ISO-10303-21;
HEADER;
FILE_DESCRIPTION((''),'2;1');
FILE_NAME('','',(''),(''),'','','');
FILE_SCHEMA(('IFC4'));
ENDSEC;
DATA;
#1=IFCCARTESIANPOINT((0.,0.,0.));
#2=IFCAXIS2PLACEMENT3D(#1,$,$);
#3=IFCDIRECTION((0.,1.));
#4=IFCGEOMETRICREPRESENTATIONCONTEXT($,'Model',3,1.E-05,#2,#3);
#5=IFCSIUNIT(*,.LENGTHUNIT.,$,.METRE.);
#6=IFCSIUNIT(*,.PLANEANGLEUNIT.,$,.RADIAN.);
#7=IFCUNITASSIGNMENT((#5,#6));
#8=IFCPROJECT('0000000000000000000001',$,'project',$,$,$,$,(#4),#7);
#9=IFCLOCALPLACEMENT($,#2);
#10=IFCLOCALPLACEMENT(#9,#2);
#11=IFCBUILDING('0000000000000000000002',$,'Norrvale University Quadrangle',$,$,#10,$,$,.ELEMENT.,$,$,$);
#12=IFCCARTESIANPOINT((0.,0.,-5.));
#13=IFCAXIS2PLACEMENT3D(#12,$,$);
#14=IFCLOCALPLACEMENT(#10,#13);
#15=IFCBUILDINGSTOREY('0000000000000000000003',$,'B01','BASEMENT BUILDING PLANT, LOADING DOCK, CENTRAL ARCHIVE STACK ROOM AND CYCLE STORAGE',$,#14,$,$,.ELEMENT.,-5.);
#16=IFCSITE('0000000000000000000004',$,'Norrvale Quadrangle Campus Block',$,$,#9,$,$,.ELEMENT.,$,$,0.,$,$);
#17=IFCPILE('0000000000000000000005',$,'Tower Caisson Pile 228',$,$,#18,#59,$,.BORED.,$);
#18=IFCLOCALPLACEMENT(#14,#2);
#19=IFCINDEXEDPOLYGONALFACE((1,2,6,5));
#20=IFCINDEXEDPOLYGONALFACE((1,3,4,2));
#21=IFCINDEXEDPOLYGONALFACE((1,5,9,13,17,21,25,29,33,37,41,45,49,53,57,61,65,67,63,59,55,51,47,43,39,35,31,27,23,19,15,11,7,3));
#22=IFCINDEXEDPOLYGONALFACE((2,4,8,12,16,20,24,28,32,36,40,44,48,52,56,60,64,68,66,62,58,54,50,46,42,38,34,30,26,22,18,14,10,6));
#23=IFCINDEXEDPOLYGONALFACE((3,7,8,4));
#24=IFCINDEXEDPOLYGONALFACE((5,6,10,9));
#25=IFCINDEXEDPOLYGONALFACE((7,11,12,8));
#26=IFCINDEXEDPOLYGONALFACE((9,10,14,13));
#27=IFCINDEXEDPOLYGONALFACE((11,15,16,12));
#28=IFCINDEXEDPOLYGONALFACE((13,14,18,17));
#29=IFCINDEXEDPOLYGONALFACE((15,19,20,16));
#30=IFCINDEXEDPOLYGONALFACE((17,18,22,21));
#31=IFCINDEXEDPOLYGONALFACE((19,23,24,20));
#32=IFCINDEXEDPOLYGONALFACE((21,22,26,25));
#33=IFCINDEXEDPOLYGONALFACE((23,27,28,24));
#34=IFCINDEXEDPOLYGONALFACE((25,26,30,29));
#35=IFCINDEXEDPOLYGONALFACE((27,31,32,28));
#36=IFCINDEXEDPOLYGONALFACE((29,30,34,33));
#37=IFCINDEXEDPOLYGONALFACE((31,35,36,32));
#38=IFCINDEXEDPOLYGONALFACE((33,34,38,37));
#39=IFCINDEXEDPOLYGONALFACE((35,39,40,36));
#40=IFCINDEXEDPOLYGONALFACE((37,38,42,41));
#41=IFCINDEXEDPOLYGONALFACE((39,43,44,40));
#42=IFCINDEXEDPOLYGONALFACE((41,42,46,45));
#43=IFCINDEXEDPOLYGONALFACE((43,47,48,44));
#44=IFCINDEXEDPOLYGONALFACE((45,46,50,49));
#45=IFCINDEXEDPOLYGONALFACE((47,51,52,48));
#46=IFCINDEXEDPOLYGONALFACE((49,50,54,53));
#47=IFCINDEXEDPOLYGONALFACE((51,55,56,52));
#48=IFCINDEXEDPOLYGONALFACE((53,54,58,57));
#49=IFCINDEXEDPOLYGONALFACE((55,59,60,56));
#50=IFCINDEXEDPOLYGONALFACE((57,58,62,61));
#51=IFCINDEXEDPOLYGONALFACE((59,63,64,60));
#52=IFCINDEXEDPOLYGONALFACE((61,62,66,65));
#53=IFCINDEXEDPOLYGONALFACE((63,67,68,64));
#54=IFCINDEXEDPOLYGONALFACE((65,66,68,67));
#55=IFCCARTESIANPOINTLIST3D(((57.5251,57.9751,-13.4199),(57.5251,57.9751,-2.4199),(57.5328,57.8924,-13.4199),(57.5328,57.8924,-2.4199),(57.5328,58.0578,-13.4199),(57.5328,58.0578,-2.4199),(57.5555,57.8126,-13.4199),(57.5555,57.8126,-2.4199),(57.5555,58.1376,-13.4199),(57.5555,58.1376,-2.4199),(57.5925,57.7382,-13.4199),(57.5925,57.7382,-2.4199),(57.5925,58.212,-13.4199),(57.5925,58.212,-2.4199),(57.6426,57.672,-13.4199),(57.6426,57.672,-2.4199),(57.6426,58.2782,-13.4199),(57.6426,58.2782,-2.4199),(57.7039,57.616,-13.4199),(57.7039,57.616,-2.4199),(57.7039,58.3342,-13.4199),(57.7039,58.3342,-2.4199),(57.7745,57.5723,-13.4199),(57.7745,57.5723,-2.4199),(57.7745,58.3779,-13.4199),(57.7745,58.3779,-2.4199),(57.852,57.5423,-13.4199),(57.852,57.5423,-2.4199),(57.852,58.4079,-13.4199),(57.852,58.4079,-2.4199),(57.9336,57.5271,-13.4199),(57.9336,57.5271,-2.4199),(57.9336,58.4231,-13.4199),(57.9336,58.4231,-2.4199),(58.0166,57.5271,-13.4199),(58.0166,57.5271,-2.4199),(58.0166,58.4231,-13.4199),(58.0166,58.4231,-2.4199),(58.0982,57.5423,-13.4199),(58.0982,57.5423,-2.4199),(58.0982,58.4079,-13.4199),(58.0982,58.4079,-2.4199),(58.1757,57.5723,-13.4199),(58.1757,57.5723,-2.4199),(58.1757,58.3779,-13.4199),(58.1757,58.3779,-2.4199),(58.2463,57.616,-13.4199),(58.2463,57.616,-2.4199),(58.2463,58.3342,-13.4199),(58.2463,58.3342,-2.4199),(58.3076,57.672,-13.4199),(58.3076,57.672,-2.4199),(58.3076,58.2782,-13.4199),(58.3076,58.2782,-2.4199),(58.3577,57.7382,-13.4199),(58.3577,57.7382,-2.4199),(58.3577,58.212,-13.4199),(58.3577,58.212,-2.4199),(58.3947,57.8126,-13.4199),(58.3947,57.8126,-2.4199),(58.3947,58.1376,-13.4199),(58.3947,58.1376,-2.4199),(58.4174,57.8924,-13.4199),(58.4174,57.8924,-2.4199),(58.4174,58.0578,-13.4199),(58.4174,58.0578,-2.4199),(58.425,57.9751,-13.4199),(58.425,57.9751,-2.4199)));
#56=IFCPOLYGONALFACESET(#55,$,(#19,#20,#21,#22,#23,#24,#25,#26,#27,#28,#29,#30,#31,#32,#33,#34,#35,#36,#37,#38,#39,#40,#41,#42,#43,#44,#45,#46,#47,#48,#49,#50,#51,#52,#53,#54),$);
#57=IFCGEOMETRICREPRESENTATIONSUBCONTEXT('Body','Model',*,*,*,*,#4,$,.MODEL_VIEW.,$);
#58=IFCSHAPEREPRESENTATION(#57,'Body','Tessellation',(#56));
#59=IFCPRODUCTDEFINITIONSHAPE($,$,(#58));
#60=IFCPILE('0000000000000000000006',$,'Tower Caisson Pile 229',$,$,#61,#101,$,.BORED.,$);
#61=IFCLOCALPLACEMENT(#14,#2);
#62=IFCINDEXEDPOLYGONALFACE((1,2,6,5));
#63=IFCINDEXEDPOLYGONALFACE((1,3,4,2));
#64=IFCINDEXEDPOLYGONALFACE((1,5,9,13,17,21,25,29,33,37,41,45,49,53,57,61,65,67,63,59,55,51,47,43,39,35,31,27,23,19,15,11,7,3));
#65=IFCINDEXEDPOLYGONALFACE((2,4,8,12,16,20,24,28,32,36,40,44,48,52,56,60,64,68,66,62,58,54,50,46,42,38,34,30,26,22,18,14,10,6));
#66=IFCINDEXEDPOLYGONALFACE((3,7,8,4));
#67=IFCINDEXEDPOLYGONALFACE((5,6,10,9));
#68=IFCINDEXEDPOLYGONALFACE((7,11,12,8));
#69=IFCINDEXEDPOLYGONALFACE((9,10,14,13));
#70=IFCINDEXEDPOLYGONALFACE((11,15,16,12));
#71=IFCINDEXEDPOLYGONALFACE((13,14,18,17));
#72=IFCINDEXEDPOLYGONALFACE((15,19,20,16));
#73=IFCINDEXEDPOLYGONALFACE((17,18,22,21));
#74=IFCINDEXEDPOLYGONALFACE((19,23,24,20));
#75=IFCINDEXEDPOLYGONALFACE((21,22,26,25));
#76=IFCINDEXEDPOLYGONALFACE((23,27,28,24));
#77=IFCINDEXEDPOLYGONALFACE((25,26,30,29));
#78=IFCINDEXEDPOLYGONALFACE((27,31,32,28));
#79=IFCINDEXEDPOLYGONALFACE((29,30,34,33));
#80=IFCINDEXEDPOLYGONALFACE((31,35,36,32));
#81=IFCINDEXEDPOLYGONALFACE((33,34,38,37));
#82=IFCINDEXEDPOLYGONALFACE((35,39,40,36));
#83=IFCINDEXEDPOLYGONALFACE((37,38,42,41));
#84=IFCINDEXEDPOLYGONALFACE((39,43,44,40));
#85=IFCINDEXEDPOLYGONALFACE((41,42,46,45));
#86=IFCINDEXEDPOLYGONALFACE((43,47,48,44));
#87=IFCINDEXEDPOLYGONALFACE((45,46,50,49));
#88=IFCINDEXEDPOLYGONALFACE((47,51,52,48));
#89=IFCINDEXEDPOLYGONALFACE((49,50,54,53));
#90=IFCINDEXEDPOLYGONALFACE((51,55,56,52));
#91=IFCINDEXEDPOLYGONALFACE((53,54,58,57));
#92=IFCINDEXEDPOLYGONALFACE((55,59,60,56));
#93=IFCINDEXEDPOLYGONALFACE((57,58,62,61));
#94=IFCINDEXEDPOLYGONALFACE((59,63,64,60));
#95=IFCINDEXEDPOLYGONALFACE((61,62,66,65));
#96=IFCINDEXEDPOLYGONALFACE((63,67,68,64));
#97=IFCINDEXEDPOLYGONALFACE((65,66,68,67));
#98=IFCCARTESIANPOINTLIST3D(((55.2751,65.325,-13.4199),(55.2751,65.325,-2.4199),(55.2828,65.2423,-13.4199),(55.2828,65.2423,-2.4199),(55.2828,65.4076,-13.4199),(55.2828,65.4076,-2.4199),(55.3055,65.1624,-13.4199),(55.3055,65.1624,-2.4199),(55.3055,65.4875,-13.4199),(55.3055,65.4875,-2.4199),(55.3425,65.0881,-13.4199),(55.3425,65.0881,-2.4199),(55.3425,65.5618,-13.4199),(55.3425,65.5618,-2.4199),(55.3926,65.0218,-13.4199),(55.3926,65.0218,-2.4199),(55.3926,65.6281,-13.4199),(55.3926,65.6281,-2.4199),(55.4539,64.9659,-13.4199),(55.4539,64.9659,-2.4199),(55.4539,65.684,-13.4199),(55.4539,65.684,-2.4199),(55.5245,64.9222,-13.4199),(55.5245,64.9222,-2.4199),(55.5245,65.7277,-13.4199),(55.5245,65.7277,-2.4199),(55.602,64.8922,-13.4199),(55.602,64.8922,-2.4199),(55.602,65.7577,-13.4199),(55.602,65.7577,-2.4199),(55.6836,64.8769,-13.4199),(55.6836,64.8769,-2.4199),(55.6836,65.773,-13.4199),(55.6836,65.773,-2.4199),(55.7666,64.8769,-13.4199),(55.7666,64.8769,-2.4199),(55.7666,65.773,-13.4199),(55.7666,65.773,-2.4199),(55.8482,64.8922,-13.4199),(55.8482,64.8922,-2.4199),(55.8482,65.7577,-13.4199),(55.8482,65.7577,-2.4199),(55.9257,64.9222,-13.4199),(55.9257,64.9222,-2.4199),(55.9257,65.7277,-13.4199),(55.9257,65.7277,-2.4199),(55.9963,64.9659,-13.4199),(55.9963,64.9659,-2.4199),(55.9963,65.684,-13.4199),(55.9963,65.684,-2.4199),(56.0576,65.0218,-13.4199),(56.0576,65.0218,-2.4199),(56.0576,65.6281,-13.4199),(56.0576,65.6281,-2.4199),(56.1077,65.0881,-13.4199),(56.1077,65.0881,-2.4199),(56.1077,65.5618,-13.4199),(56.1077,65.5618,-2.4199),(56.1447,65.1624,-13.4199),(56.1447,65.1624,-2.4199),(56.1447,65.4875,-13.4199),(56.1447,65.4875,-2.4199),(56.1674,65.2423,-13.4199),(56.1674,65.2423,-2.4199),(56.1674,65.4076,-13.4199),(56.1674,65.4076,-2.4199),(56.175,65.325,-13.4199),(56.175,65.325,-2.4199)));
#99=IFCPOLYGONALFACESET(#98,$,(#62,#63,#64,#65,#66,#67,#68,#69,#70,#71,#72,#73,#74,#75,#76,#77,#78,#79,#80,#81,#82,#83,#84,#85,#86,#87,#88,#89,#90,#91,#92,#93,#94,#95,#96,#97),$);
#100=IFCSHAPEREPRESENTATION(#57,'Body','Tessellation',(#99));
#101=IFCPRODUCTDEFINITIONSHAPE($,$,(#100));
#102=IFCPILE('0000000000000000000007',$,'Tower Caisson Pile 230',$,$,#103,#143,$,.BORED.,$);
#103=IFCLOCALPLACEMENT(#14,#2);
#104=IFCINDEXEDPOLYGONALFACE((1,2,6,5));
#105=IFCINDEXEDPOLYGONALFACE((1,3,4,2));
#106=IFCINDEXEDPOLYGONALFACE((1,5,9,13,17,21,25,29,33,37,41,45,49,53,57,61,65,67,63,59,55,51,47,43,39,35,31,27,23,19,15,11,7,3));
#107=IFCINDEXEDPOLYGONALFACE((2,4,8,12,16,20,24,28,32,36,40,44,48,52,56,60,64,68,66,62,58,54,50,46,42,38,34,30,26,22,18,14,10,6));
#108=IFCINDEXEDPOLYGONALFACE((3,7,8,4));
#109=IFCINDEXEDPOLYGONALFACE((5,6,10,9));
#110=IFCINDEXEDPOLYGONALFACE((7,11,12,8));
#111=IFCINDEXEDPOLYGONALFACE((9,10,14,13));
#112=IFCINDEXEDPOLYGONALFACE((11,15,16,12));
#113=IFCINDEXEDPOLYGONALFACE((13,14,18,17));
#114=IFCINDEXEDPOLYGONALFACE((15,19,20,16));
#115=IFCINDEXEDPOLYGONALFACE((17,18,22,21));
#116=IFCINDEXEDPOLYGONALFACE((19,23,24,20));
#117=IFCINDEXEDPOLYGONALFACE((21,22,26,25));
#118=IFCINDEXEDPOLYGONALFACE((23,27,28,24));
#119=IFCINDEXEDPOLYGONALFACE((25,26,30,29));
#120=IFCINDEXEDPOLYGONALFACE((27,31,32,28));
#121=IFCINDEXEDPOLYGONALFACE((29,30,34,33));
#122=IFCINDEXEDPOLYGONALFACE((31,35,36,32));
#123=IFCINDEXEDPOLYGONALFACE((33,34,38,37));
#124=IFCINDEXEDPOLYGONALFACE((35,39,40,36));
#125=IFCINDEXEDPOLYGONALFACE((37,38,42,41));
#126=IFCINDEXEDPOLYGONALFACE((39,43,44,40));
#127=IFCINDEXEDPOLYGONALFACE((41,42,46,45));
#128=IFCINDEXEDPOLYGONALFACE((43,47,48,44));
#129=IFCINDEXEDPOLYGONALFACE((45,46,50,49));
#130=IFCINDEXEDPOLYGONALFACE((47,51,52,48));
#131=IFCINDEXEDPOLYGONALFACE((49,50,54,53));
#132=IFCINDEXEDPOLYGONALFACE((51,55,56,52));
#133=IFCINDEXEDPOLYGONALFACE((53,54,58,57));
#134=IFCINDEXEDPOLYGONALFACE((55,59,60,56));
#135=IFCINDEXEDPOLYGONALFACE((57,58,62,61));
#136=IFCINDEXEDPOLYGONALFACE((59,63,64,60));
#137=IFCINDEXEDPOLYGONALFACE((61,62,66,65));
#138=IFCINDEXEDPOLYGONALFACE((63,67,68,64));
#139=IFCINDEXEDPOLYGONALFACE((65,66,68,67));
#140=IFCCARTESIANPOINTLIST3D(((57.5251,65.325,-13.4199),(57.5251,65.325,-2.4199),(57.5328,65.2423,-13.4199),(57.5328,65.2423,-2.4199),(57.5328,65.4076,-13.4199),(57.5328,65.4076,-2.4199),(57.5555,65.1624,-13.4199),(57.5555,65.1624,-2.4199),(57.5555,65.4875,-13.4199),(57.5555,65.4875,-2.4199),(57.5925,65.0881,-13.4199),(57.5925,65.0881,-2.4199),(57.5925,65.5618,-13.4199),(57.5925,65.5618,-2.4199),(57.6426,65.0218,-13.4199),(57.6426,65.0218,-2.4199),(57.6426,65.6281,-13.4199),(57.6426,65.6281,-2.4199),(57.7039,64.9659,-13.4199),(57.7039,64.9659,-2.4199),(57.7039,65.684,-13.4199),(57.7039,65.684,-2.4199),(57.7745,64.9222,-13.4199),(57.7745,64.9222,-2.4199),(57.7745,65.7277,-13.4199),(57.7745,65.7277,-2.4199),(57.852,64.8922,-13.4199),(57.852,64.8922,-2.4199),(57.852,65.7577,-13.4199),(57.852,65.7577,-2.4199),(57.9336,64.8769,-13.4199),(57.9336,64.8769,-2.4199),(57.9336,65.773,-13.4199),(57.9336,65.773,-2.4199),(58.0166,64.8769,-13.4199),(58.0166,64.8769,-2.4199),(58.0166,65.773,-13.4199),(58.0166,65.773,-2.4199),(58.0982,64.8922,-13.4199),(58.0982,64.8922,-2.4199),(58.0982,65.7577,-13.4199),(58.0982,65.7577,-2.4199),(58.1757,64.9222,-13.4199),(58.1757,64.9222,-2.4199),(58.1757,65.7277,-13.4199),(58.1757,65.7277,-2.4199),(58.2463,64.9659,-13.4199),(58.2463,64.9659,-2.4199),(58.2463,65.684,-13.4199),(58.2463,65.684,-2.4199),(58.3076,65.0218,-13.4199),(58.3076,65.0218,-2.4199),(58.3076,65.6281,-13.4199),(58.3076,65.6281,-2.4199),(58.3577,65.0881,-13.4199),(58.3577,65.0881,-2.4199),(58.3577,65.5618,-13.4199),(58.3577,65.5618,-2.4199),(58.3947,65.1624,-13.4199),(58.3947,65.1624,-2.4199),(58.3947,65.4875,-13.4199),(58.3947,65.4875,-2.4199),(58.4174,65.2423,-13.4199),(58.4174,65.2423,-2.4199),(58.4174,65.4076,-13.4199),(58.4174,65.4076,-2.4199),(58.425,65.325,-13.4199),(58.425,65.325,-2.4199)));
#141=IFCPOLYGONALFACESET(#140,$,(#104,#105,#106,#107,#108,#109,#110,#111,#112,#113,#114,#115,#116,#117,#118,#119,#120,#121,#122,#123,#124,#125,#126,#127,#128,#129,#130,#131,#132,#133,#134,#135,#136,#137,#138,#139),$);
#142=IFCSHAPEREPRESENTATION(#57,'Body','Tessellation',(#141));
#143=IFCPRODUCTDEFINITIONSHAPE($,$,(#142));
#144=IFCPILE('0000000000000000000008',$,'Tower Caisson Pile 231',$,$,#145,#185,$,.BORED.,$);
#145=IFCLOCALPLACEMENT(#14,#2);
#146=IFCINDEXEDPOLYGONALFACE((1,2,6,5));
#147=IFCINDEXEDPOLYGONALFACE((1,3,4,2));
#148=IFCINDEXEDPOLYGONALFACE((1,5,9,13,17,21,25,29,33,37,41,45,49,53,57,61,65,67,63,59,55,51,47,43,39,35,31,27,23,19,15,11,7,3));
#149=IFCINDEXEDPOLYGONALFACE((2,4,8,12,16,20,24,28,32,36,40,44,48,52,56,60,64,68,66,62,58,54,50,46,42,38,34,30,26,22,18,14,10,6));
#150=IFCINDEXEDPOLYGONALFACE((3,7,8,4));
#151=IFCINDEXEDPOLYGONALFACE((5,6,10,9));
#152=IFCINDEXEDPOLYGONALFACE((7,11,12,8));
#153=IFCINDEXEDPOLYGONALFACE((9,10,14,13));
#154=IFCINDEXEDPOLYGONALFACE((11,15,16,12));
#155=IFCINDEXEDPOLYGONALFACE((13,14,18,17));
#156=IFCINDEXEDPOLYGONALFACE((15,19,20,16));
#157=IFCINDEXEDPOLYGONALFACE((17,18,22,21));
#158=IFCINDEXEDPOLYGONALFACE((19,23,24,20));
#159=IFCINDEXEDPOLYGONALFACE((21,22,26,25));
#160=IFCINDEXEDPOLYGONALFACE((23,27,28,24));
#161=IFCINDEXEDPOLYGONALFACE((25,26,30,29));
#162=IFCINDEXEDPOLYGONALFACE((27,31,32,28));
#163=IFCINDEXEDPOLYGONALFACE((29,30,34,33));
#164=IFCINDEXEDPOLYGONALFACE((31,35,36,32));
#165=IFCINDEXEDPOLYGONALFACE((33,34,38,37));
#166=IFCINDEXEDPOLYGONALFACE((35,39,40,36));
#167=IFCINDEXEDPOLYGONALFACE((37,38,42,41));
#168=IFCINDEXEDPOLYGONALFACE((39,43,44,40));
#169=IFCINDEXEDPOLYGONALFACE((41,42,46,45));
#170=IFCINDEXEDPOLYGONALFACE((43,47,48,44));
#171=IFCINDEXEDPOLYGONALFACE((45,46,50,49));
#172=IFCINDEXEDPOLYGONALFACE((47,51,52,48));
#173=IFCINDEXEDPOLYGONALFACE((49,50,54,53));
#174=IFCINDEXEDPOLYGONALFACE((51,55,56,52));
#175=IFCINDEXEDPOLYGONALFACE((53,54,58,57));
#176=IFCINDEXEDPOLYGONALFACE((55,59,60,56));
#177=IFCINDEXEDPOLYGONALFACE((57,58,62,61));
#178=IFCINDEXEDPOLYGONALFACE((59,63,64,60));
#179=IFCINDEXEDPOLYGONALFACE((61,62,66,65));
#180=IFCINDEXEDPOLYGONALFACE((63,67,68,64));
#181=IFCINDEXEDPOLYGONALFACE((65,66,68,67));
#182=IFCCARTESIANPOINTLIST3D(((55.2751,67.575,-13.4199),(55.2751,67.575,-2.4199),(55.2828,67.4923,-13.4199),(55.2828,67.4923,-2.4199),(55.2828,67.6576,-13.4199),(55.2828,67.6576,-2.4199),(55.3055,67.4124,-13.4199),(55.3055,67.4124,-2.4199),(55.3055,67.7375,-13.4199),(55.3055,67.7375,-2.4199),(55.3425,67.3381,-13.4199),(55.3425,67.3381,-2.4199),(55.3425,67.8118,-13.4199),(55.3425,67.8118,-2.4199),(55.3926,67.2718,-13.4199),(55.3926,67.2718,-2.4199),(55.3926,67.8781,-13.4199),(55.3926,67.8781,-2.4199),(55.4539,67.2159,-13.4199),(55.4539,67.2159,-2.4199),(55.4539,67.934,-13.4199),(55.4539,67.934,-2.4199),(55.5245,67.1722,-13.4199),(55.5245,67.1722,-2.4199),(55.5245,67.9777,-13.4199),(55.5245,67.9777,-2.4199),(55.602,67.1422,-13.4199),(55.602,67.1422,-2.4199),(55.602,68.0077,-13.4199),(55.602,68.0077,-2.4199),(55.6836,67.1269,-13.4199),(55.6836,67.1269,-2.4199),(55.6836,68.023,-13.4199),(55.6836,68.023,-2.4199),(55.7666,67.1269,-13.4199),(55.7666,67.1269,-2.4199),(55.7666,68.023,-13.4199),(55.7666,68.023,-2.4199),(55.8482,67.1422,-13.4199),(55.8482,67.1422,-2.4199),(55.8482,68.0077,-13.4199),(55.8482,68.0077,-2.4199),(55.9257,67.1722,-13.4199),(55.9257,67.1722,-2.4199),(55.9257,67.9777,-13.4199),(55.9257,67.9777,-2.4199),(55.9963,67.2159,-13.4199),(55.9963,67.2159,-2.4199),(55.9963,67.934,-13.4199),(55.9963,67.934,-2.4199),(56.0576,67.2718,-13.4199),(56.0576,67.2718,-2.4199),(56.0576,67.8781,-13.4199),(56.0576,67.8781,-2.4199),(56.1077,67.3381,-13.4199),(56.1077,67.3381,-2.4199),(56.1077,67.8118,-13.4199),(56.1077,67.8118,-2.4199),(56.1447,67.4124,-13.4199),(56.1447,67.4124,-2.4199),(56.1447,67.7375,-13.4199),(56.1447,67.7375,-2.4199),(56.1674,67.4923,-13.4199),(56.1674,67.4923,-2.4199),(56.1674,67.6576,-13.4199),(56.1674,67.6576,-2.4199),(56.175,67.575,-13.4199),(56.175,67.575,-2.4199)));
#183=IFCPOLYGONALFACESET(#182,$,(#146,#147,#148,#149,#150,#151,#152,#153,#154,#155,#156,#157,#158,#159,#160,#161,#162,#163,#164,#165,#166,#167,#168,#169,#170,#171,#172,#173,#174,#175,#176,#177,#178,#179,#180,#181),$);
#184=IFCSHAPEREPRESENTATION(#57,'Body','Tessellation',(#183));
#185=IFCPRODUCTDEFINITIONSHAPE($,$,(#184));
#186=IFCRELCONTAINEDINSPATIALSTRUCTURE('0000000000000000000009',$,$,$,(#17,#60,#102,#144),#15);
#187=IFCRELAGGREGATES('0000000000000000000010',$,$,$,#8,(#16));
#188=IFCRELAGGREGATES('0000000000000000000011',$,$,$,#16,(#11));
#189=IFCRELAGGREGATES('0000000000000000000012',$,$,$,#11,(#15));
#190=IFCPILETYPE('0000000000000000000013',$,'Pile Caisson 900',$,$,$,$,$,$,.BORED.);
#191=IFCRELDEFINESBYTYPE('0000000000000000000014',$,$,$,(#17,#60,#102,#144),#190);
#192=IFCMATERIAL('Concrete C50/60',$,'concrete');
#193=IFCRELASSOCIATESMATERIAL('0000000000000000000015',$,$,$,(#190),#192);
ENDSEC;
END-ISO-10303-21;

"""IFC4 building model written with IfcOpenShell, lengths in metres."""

from ifc_helpers import new_model, si_unit, direction, frame, origin, origin_2d, place, context, subcontext, project, spatial, circle, extrude, material, material_profile, profile_set, type_object, element, save


model = new_model("IFC4")

# Units and contexts
model_context = context("Model", 3, precision=1e-05, world=origin(), true_north=direction((0.0, 1.0)))
body_context = subcontext(model_context, "Body", "Model", "MODEL_VIEW")
ifc_project = project(units=[si_unit("LENGTHUNIT", "METRE"), si_unit("PLANEANGLEUNIT", "RADIAN")], contexts=[model_context])

# Site, building, storey
site_placement = place(None, origin())
site = spatial("IfcSite", under=ifc_project, at=site_placement, Name="Norrvale Quadrangle Campus Block", CompositionType="ELEMENT", RefElevation=0.0)
building_placement = place(site_placement, origin())
building = spatial("IfcBuilding", under=site, at=building_placement, Name="Norrvale University Quadrangle", CompositionType="ELEMENT")
storey_placement = place(building_placement, frame((0.0, 0.0, -5.0)))
storey = spatial("IfcBuildingStorey", under=building, at=storey_placement, Name="B01", Description="BASEMENT BUILDING PLANT, LOADING DOCK, CENTRAL ARCHIVE STACK ROOM AND CYCLE STORAGE", CompositionType="ELEMENT", Elevation=-5.0)

# Shared definitions
ifc_material_1 = material(Name="Concrete C50/60", Category="concrete")

# Piles
ifc_material_profile_1 = material_profile(ifc_material_1, circle(Radius=0.45, at=origin_2d()), Name="Concrete C50/60")
ifc_profile_set_1 = profile_set([ifc_material_profile_1], Name="Concrete C50/60")
pile_type_1 = type_object("IfcPileType", Name="Pile Caisson 900", PredefinedType="BORED", material=ifc_profile_set_1)
for number, where, z_axis, x_axis, name in (
    (1, (57.9751, 57.9751, -2.4199), (0.0, 0.0, -1.0), (1.0, 0.0, 0.0), "Tower Caisson Pile 228"),
    (2, (55.7251, 65.325, -2.4199), (0.0, 0.0, -1.0), (1.0, 0.0, 0.0), "Tower Caisson Pile 229"),
    (3, (57.9751, 65.325, -2.4199), (0.0, 0.0, -1.0), (1.0, 0.0, 0.0), "Tower Caisson Pile 230"),
    (4, (55.7251, 67.575, -2.4199), (0.0, 0.0, -1.0), (1.0, 0.0, 0.0), "Tower Caisson Pile 231"),
):
    element("IfcPile", number, at=place(storey_placement, frame(where, z_axis=z_axis, x_axis=x_axis)), inside=storey, type_object=pile_type_1, Name=name, PredefinedType="BORED", context=body_context, shape_type="SweptSolid", body=[
        extrude(circle(Radius=0.45, at=origin_2d()), origin(), (0.0, 0.0, 1.0), 11.0),
    ])

save(model, "model.ifc")
